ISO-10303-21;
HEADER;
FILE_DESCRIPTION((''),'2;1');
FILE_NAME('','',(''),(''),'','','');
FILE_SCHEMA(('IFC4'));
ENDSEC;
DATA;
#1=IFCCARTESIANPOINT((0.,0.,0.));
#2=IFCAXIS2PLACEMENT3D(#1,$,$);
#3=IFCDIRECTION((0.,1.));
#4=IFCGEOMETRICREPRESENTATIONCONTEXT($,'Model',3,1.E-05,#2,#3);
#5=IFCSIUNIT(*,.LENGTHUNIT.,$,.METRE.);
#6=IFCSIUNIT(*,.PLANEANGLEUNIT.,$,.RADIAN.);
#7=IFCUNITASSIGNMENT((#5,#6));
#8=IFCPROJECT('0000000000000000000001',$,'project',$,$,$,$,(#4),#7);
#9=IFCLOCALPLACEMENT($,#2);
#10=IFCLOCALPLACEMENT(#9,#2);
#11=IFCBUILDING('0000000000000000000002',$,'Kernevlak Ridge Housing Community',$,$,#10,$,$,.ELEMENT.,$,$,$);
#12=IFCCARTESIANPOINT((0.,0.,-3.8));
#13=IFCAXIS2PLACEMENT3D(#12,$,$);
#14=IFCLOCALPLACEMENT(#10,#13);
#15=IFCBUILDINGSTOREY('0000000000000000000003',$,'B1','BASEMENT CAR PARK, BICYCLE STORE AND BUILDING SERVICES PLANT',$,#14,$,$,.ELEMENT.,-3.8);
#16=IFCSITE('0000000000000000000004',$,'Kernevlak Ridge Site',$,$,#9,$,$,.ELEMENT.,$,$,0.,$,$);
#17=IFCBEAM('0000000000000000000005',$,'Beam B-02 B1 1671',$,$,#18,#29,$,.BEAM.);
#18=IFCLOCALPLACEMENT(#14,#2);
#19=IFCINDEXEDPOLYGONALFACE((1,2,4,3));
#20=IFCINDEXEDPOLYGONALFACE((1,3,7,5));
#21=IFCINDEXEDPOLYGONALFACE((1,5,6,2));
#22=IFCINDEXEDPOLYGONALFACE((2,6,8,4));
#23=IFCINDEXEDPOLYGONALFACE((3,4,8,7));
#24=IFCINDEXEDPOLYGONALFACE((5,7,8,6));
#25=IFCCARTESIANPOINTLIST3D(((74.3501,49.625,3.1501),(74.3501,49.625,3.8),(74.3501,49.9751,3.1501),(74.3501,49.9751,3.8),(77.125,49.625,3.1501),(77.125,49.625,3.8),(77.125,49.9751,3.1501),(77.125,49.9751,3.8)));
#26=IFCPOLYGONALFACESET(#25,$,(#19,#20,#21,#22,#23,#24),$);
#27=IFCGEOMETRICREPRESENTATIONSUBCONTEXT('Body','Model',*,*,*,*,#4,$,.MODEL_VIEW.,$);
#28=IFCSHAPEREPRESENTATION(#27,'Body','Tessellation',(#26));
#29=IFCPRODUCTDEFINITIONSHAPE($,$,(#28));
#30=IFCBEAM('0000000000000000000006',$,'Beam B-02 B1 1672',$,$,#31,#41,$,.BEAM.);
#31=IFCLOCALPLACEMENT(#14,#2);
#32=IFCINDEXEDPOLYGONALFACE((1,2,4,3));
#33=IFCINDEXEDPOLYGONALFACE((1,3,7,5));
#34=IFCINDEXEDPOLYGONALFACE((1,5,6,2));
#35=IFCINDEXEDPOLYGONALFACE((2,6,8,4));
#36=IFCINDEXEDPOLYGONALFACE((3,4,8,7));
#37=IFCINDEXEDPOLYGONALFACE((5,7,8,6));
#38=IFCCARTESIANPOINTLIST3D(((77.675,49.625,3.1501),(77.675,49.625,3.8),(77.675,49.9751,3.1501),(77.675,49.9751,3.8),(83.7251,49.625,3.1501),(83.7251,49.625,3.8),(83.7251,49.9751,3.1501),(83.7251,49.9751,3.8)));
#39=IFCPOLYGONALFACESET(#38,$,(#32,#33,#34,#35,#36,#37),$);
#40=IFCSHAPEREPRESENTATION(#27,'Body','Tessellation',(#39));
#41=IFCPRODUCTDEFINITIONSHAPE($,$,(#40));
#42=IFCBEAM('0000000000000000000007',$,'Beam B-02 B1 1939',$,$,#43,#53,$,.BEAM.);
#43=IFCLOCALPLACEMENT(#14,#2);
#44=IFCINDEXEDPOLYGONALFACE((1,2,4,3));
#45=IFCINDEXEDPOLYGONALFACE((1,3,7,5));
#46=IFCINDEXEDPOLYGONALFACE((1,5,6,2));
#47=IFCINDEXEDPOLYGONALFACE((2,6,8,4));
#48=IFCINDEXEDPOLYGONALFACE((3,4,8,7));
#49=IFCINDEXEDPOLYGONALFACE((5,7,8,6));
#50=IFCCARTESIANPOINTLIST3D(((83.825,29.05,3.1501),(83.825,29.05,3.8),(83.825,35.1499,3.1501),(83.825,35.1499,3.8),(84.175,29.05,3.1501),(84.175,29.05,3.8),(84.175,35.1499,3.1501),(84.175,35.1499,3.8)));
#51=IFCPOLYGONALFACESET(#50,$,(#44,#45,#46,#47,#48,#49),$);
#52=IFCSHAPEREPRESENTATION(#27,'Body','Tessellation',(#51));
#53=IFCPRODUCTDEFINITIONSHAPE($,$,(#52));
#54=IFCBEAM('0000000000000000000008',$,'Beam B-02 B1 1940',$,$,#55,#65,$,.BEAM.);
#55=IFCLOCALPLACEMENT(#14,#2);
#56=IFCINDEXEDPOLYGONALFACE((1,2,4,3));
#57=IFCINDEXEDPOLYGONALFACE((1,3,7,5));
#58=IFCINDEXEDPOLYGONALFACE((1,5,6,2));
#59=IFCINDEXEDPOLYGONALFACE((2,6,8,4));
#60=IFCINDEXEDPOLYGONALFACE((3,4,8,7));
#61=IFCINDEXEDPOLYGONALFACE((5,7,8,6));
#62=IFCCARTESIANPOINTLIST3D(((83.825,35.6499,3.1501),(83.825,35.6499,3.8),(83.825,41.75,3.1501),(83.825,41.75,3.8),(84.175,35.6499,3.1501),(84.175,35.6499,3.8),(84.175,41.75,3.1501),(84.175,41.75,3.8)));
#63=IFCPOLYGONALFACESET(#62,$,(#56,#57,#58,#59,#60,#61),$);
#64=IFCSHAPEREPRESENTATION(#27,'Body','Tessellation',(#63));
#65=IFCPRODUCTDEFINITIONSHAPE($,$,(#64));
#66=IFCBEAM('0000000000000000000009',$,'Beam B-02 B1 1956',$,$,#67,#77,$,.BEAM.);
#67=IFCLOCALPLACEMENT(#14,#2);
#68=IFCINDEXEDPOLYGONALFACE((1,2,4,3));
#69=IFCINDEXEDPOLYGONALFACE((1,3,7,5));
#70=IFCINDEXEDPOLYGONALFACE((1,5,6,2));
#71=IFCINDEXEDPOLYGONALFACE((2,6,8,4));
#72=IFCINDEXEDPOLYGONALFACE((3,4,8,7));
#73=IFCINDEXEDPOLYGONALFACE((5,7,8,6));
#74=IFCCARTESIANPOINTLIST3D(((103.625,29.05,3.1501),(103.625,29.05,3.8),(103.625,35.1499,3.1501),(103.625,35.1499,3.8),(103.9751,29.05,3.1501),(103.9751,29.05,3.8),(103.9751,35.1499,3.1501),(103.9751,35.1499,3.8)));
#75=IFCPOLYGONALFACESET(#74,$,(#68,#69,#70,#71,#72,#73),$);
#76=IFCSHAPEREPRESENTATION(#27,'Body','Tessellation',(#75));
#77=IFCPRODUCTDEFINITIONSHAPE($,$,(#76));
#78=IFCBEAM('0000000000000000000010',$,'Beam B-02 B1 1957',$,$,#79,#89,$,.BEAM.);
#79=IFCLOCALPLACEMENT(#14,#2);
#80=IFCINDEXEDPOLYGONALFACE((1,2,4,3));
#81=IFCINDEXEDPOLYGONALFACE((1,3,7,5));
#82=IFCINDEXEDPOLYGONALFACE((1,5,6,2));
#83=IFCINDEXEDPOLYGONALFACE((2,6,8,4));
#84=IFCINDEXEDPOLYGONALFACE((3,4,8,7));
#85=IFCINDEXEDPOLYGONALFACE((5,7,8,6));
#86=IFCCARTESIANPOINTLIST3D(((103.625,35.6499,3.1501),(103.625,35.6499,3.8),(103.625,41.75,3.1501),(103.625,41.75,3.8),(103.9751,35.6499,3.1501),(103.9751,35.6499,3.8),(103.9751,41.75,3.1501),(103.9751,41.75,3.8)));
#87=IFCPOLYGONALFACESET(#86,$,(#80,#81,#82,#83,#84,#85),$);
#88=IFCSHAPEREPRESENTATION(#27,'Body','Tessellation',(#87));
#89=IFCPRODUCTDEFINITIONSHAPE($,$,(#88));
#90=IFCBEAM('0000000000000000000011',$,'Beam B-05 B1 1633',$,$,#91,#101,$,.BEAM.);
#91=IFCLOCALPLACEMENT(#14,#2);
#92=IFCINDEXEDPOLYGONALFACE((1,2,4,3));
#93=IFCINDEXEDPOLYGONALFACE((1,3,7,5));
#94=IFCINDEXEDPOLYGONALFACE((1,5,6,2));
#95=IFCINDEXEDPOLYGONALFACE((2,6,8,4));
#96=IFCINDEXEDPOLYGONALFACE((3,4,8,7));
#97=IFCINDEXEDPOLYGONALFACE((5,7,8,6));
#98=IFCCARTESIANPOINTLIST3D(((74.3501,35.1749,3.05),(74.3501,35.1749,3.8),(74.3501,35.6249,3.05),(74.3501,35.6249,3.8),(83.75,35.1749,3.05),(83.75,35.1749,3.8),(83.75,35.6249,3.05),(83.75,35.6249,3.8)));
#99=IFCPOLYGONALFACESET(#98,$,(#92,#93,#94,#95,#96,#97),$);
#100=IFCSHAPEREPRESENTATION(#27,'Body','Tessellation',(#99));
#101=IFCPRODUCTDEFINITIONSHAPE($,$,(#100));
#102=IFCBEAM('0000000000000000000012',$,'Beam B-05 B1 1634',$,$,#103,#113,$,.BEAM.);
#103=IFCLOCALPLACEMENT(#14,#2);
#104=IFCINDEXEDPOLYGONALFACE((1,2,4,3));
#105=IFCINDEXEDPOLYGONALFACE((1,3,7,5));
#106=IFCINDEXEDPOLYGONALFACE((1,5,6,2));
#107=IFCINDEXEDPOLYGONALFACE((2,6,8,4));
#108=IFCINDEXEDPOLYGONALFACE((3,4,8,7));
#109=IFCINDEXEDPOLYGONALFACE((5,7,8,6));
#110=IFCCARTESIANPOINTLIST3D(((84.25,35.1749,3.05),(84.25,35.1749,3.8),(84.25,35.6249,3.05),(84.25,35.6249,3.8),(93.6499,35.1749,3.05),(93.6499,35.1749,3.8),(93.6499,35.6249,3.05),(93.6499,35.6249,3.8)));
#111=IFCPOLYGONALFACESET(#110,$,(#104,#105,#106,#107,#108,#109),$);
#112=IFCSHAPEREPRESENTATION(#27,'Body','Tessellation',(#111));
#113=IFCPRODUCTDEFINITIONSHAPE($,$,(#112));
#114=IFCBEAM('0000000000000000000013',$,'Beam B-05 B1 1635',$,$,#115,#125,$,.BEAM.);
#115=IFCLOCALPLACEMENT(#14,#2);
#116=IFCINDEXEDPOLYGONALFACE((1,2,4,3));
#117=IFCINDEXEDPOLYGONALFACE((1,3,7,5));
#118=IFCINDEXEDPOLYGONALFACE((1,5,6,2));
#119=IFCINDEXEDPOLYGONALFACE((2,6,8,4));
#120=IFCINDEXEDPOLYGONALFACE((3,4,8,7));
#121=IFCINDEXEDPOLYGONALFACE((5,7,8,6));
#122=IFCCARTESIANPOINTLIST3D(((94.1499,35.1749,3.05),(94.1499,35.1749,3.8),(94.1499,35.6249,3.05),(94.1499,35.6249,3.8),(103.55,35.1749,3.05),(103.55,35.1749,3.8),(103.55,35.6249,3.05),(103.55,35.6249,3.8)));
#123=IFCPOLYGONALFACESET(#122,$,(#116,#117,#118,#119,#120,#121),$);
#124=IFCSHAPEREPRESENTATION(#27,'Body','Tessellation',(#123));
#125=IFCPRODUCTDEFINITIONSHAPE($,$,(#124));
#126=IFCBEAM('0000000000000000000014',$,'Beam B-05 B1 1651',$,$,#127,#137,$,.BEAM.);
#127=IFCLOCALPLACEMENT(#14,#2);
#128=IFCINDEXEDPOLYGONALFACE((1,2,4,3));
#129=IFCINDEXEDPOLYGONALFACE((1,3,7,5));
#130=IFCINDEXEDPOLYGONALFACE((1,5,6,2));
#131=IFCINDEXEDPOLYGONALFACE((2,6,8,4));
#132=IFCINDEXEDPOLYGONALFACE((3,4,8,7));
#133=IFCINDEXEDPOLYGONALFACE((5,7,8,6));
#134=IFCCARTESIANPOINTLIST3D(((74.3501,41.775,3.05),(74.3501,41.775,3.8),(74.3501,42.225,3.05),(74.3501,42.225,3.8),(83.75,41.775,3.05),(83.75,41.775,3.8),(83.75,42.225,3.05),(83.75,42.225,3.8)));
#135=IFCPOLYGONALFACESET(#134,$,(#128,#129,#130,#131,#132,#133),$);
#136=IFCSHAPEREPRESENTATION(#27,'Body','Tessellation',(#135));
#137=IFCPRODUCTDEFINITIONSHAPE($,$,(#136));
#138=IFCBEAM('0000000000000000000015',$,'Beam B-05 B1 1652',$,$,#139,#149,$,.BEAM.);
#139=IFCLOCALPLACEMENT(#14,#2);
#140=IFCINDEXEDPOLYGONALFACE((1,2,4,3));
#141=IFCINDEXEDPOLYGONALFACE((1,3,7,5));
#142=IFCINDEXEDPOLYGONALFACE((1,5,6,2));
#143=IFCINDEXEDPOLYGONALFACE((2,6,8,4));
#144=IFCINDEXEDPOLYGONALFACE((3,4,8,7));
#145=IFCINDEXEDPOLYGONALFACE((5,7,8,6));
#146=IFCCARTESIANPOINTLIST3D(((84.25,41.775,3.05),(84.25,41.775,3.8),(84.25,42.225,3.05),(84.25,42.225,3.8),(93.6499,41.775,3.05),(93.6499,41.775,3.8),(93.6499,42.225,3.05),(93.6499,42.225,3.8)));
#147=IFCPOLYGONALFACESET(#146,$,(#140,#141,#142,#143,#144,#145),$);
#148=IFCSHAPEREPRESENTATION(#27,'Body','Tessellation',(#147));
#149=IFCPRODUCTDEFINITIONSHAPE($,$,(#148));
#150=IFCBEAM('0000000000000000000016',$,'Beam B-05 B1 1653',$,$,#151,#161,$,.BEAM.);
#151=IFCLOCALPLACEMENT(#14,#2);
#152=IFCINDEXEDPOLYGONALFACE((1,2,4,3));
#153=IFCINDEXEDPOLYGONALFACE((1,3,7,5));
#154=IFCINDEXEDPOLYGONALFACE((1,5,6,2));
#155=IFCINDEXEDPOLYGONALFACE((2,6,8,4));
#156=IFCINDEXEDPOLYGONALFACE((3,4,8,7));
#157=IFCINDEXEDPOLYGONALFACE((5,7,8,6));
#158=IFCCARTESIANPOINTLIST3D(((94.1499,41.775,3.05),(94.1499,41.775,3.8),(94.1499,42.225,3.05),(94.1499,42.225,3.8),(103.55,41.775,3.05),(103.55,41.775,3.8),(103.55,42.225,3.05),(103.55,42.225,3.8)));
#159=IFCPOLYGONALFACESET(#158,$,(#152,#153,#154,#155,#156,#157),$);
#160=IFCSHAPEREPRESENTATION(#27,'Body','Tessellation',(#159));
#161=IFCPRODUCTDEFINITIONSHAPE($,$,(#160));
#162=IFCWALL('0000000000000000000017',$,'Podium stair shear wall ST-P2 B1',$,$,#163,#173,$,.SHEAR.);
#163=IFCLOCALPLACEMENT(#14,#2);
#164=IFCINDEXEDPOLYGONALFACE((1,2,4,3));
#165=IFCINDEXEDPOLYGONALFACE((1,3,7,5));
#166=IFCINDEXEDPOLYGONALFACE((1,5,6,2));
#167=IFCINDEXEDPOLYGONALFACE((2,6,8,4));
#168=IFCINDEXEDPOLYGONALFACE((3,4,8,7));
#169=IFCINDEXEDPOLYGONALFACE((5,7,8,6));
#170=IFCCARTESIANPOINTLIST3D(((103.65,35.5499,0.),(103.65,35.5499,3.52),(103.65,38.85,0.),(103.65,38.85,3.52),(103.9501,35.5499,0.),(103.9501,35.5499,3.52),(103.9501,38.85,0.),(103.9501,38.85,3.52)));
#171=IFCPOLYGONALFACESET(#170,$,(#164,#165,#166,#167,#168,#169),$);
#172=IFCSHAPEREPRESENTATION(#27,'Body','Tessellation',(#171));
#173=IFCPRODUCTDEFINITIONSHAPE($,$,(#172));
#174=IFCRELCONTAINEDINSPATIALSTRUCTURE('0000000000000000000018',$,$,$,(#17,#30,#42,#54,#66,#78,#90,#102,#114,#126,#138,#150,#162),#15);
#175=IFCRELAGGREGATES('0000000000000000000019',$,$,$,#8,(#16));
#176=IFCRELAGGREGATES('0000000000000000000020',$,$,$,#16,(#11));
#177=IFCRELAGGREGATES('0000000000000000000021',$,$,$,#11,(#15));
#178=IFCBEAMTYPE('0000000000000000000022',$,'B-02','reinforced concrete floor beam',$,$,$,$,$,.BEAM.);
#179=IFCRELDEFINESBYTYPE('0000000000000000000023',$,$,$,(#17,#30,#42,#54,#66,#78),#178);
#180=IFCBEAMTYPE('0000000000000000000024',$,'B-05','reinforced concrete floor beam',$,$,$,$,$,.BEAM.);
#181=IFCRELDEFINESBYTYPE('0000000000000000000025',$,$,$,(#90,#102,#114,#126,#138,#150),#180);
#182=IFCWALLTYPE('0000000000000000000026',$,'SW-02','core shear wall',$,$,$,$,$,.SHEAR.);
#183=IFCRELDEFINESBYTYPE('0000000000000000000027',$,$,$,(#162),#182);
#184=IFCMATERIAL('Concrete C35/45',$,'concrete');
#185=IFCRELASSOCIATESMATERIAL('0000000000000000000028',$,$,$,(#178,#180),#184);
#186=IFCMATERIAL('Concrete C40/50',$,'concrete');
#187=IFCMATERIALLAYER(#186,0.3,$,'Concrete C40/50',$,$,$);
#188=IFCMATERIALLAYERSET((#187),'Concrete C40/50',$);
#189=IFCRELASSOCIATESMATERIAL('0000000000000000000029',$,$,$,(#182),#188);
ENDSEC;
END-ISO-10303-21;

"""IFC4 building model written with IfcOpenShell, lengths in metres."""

from ifc_helpers import new_model, si_unit, direction, frame, frame_2d, origin, origin_2d, place, context, subcontext, project, spatial, rectangle, extrude, material, layer, layer_set, material_profile, profile_set, type_object, element, save


model = new_model("IFC4")

# Units and contexts
model_context = context("Model", 3, precision=1e-05, world=origin(), true_north=direction((0.0, 1.0)))
body_context = subcontext(model_context, "Body", "Model", "MODEL_VIEW")
ifc_project = project(units=[si_unit("LENGTHUNIT", "METRE"), si_unit("PLANEANGLEUNIT", "RADIAN")], contexts=[model_context])

# Site, building, storey
site_placement = place(None, origin())
site = spatial("IfcSite", under=ifc_project, at=site_placement, Name="Kernevlak Ridge Site", CompositionType="ELEMENT", RefElevation=0.0)
building_placement = place(site_placement, origin())
building = spatial("IfcBuilding", under=site, at=building_placement, Name="Kernevlak Ridge Housing Community", CompositionType="ELEMENT")
storey_placement = place(building_placement, frame((0.0, 0.0, -3.8)))
storey = spatial("IfcBuildingStorey", under=building, at=storey_placement, Name="B1", Description="BASEMENT CAR PARK, BICYCLE STORE AND BUILDING SERVICES PLANT", CompositionType="ELEMENT", Elevation=-3.8)

# Shared definitions
ifc_material_1 = material(Name="Concrete C35/45", Category="concrete")

# Shared definitions
ifc_material_2 = material(Name="Concrete C40/50", Category="concrete")

# Beams
ifc_material_profile_1 = material_profile(ifc_material_1, rectangle(XDim=0.3501, YDim=0.6499, at=origin_2d()), Name="RC 350x650")
ifc_profile_set_1 = profile_set([ifc_material_profile_1], Name="Concrete C35/45")
beam_type_1 = type_object("IfcBeamType", Name="B-02", Description="reinforced concrete floor beam", PredefinedType="BEAM", material=ifc_profile_set_1)
beam_1_placement = place(storey_placement, frame((74.3501, 49.8, 3.4751), z_axis=(1.0, 0.0, 0.0), x_axis=(0.0, 1.0, 0.0)))
element("IfcBeam", 1, at=beam_1_placement, inside=storey, type_object=beam_type_1, Name="Beam B-02 B1 1671", PredefinedType="BEAM", context=body_context, shape_type="SweptSolid", body=[
    extrude(rectangle(XDim=0.3501, YDim=0.6499, at=origin_2d()), origin(), (0.0, 0.0, 1.0), 2.7749),
])
beam_2_placement = place(storey_placement, frame((77.675, 49.8, 3.4751), z_axis=(1.0, 0.0, 0.0), x_axis=(0.0, 1.0, 0.0)))
element("IfcBeam", 2, at=beam_2_placement, inside=storey, type_object=beam_type_1, Name="Beam B-02 B1 1672", PredefinedType="BEAM", context=body_context, shape_type="SweptSolid", body=[
    extrude(rectangle(XDim=0.3501, YDim=0.6499, at=origin_2d()), origin(), (0.0, 0.0, 1.0), 6.05),
])
beam_3_placement = place(storey_placement, frame((84.0, 29.05, 3.4751), z_axis=(0.0, 1.0, 0.0), x_axis=(-1.0, 0.0, 0.0)))
element("IfcBeam", 3, at=beam_3_placement, inside=storey, type_object=beam_type_1, Name="Beam B-02 B1 1939", PredefinedType="BEAM", context=body_context, shape_type="SweptSolid", body=[
    extrude(rectangle(XDim=0.3501, YDim=0.6499, at=origin_2d()), origin(), (0.0, 0.0, 1.0), 6.0999),
])
beam_4_placement = place(storey_placement, frame((84.0, 35.6499, 3.4751), z_axis=(0.0, 1.0, 0.0), x_axis=(-1.0, 0.0, 0.0)))
element("IfcBeam", 4, at=beam_4_placement, inside=storey, type_object=beam_type_1, Name="Beam B-02 B1 1940", PredefinedType="BEAM", context=body_context, shape_type="SweptSolid", body=[
    extrude(rectangle(XDim=0.3501, YDim=0.6499, at=origin_2d()), origin(), (0.0, 0.0, 1.0), 6.1001),
])
beam_5_placement = place(storey_placement, frame((103.8, 29.05, 3.4751), z_axis=(0.0, 1.0, 0.0), x_axis=(-1.0, 0.0, 0.0)))
element("IfcBeam", 5, at=beam_5_placement, inside=storey, type_object=beam_type_1, Name="Beam B-02 B1 1956", PredefinedType="BEAM", context=body_context, shape_type="SweptSolid", body=[
    extrude(rectangle(XDim=0.3501, YDim=0.6499, at=origin_2d()), origin(), (0.0, 0.0, 1.0), 6.0999),
])
beam_6_placement = place(storey_placement, frame((103.8, 35.6499, 3.4751), z_axis=(0.0, 1.0, 0.0), x_axis=(-1.0, 0.0, 0.0)))
element("IfcBeam", 6, at=beam_6_placement, inside=storey, type_object=beam_type_1, Name="Beam B-02 B1 1957", PredefinedType="BEAM", context=body_context, shape_type="SweptSolid", body=[
    extrude(rectangle(XDim=0.3501, YDim=0.6499, at=origin_2d()), origin(), (0.0, 0.0, 1.0), 6.1001),
])
ifc_material_profile_2 = material_profile(ifc_material_1, rectangle(XDim=0.45, YDim=0.75, at=origin_2d()), Name="RC 450x750")
ifc_profile_set_2 = profile_set([ifc_material_profile_2], Name="Concrete C35/45")
beam_type_2 = type_object("IfcBeamType", Name="B-05", Description="reinforced concrete floor beam", PredefinedType="BEAM", material=ifc_profile_set_2)
for number, where, z_axis, x_axis, name in (
    (7, (74.3501, 35.3999, 3.425), (1.0, 0.0, 0.0), (0.0, 1.0, 0.0), "Beam B-05 B1 1633"),
    (8, (84.25, 35.3999, 3.425), (1.0, 0.0, 0.0), (0.0, 1.0, 0.0), "Beam B-05 B1 1634"),
):
    element("IfcBeam", number, at=place(storey_placement, frame(where, z_axis=z_axis, x_axis=x_axis)), inside=storey, type_object=beam_type_2, Name=name, PredefinedType="BEAM", context=body_context, shape_type="SweptSolid", body=[
        extrude(rectangle(XDim=0.45, YDim=0.75, at=origin_2d()), origin(), (0.0, 0.0, 1.0), 9.3999),
    ])
beam_7_placement = place(storey_placement, frame((94.1499, 35.3999, 3.425), z_axis=(1.0, 0.0, 0.0), x_axis=(0.0, 1.0, 0.0)))
element("IfcBeam", 9, at=beam_7_placement, inside=storey, type_object=beam_type_2, Name="Beam B-05 B1 1635", PredefinedType="BEAM", context=body_context, shape_type="SweptSolid", body=[
    extrude(rectangle(XDim=0.45, YDim=0.75, at=origin_2d()), origin(), (0.0, 0.0, 1.0), 9.4001),
])
for number, where, z_axis, x_axis, name in (
    (10, (74.3501, 42.0, 3.425), (1.0, 0.0, 0.0), (0.0, 1.0, 0.0), "Beam B-05 B1 1651"),
    (11, (84.25, 42.0, 3.425), (1.0, 0.0, 0.0), (0.0, 1.0, 0.0), "Beam B-05 B1 1652"),
):
    element("IfcBeam", number, at=place(storey_placement, frame(where, z_axis=z_axis, x_axis=x_axis)), inside=storey, type_object=beam_type_2, Name=name, PredefinedType="BEAM", context=body_context, shape_type="SweptSolid", body=[
        extrude(rectangle(XDim=0.45, YDim=0.75, at=origin_2d()), origin(), (0.0, 0.0, 1.0), 9.3999),
    ])
beam_8_placement = place(storey_placement, frame((94.1499, 42.0, 3.425), z_axis=(1.0, 0.0, 0.0), x_axis=(0.0, 1.0, 0.0)))
element("IfcBeam", 12, at=beam_8_placement, inside=storey, type_object=beam_type_2, Name="Beam B-05 B1 1653", PredefinedType="BEAM", context=body_context, shape_type="SweptSolid", body=[
    extrude(rectangle(XDim=0.45, YDim=0.75, at=origin_2d()), origin(), (0.0, 0.0, 1.0), 9.4001),
])

# Wall
ifc_layer = layer(ifc_material_2, 0.3, Name="Concrete C40/50")
ifc_layer_set = layer_set([ifc_layer], Name="Concrete C40/50")
wall_type = type_object("IfcWallType", Name="SW-02", Description="core shear wall", PredefinedType="SHEAR", material=ifc_layer_set)
wall_placement = place(storey_placement, frame((103.8, 35.55, 0.0), z_axis=(0.0, 0.0, 1.0), x_axis=(0.0, 1.0, 0.0)))
element("IfcWall", 13, at=wall_placement, inside=storey, type_object=wall_type, Name="Podium stair shear wall ST-P2 B1", PredefinedType="SHEAR", context=body_context, shape_type="SweptSolid", body=[
    extrude(rectangle(XDim=3.3, YDim=0.3, at=frame_2d((1.6499, 0.0))), origin(), (0.0, 0.0, 1.0), 3.52),
])

save(model, "model.ifc")
